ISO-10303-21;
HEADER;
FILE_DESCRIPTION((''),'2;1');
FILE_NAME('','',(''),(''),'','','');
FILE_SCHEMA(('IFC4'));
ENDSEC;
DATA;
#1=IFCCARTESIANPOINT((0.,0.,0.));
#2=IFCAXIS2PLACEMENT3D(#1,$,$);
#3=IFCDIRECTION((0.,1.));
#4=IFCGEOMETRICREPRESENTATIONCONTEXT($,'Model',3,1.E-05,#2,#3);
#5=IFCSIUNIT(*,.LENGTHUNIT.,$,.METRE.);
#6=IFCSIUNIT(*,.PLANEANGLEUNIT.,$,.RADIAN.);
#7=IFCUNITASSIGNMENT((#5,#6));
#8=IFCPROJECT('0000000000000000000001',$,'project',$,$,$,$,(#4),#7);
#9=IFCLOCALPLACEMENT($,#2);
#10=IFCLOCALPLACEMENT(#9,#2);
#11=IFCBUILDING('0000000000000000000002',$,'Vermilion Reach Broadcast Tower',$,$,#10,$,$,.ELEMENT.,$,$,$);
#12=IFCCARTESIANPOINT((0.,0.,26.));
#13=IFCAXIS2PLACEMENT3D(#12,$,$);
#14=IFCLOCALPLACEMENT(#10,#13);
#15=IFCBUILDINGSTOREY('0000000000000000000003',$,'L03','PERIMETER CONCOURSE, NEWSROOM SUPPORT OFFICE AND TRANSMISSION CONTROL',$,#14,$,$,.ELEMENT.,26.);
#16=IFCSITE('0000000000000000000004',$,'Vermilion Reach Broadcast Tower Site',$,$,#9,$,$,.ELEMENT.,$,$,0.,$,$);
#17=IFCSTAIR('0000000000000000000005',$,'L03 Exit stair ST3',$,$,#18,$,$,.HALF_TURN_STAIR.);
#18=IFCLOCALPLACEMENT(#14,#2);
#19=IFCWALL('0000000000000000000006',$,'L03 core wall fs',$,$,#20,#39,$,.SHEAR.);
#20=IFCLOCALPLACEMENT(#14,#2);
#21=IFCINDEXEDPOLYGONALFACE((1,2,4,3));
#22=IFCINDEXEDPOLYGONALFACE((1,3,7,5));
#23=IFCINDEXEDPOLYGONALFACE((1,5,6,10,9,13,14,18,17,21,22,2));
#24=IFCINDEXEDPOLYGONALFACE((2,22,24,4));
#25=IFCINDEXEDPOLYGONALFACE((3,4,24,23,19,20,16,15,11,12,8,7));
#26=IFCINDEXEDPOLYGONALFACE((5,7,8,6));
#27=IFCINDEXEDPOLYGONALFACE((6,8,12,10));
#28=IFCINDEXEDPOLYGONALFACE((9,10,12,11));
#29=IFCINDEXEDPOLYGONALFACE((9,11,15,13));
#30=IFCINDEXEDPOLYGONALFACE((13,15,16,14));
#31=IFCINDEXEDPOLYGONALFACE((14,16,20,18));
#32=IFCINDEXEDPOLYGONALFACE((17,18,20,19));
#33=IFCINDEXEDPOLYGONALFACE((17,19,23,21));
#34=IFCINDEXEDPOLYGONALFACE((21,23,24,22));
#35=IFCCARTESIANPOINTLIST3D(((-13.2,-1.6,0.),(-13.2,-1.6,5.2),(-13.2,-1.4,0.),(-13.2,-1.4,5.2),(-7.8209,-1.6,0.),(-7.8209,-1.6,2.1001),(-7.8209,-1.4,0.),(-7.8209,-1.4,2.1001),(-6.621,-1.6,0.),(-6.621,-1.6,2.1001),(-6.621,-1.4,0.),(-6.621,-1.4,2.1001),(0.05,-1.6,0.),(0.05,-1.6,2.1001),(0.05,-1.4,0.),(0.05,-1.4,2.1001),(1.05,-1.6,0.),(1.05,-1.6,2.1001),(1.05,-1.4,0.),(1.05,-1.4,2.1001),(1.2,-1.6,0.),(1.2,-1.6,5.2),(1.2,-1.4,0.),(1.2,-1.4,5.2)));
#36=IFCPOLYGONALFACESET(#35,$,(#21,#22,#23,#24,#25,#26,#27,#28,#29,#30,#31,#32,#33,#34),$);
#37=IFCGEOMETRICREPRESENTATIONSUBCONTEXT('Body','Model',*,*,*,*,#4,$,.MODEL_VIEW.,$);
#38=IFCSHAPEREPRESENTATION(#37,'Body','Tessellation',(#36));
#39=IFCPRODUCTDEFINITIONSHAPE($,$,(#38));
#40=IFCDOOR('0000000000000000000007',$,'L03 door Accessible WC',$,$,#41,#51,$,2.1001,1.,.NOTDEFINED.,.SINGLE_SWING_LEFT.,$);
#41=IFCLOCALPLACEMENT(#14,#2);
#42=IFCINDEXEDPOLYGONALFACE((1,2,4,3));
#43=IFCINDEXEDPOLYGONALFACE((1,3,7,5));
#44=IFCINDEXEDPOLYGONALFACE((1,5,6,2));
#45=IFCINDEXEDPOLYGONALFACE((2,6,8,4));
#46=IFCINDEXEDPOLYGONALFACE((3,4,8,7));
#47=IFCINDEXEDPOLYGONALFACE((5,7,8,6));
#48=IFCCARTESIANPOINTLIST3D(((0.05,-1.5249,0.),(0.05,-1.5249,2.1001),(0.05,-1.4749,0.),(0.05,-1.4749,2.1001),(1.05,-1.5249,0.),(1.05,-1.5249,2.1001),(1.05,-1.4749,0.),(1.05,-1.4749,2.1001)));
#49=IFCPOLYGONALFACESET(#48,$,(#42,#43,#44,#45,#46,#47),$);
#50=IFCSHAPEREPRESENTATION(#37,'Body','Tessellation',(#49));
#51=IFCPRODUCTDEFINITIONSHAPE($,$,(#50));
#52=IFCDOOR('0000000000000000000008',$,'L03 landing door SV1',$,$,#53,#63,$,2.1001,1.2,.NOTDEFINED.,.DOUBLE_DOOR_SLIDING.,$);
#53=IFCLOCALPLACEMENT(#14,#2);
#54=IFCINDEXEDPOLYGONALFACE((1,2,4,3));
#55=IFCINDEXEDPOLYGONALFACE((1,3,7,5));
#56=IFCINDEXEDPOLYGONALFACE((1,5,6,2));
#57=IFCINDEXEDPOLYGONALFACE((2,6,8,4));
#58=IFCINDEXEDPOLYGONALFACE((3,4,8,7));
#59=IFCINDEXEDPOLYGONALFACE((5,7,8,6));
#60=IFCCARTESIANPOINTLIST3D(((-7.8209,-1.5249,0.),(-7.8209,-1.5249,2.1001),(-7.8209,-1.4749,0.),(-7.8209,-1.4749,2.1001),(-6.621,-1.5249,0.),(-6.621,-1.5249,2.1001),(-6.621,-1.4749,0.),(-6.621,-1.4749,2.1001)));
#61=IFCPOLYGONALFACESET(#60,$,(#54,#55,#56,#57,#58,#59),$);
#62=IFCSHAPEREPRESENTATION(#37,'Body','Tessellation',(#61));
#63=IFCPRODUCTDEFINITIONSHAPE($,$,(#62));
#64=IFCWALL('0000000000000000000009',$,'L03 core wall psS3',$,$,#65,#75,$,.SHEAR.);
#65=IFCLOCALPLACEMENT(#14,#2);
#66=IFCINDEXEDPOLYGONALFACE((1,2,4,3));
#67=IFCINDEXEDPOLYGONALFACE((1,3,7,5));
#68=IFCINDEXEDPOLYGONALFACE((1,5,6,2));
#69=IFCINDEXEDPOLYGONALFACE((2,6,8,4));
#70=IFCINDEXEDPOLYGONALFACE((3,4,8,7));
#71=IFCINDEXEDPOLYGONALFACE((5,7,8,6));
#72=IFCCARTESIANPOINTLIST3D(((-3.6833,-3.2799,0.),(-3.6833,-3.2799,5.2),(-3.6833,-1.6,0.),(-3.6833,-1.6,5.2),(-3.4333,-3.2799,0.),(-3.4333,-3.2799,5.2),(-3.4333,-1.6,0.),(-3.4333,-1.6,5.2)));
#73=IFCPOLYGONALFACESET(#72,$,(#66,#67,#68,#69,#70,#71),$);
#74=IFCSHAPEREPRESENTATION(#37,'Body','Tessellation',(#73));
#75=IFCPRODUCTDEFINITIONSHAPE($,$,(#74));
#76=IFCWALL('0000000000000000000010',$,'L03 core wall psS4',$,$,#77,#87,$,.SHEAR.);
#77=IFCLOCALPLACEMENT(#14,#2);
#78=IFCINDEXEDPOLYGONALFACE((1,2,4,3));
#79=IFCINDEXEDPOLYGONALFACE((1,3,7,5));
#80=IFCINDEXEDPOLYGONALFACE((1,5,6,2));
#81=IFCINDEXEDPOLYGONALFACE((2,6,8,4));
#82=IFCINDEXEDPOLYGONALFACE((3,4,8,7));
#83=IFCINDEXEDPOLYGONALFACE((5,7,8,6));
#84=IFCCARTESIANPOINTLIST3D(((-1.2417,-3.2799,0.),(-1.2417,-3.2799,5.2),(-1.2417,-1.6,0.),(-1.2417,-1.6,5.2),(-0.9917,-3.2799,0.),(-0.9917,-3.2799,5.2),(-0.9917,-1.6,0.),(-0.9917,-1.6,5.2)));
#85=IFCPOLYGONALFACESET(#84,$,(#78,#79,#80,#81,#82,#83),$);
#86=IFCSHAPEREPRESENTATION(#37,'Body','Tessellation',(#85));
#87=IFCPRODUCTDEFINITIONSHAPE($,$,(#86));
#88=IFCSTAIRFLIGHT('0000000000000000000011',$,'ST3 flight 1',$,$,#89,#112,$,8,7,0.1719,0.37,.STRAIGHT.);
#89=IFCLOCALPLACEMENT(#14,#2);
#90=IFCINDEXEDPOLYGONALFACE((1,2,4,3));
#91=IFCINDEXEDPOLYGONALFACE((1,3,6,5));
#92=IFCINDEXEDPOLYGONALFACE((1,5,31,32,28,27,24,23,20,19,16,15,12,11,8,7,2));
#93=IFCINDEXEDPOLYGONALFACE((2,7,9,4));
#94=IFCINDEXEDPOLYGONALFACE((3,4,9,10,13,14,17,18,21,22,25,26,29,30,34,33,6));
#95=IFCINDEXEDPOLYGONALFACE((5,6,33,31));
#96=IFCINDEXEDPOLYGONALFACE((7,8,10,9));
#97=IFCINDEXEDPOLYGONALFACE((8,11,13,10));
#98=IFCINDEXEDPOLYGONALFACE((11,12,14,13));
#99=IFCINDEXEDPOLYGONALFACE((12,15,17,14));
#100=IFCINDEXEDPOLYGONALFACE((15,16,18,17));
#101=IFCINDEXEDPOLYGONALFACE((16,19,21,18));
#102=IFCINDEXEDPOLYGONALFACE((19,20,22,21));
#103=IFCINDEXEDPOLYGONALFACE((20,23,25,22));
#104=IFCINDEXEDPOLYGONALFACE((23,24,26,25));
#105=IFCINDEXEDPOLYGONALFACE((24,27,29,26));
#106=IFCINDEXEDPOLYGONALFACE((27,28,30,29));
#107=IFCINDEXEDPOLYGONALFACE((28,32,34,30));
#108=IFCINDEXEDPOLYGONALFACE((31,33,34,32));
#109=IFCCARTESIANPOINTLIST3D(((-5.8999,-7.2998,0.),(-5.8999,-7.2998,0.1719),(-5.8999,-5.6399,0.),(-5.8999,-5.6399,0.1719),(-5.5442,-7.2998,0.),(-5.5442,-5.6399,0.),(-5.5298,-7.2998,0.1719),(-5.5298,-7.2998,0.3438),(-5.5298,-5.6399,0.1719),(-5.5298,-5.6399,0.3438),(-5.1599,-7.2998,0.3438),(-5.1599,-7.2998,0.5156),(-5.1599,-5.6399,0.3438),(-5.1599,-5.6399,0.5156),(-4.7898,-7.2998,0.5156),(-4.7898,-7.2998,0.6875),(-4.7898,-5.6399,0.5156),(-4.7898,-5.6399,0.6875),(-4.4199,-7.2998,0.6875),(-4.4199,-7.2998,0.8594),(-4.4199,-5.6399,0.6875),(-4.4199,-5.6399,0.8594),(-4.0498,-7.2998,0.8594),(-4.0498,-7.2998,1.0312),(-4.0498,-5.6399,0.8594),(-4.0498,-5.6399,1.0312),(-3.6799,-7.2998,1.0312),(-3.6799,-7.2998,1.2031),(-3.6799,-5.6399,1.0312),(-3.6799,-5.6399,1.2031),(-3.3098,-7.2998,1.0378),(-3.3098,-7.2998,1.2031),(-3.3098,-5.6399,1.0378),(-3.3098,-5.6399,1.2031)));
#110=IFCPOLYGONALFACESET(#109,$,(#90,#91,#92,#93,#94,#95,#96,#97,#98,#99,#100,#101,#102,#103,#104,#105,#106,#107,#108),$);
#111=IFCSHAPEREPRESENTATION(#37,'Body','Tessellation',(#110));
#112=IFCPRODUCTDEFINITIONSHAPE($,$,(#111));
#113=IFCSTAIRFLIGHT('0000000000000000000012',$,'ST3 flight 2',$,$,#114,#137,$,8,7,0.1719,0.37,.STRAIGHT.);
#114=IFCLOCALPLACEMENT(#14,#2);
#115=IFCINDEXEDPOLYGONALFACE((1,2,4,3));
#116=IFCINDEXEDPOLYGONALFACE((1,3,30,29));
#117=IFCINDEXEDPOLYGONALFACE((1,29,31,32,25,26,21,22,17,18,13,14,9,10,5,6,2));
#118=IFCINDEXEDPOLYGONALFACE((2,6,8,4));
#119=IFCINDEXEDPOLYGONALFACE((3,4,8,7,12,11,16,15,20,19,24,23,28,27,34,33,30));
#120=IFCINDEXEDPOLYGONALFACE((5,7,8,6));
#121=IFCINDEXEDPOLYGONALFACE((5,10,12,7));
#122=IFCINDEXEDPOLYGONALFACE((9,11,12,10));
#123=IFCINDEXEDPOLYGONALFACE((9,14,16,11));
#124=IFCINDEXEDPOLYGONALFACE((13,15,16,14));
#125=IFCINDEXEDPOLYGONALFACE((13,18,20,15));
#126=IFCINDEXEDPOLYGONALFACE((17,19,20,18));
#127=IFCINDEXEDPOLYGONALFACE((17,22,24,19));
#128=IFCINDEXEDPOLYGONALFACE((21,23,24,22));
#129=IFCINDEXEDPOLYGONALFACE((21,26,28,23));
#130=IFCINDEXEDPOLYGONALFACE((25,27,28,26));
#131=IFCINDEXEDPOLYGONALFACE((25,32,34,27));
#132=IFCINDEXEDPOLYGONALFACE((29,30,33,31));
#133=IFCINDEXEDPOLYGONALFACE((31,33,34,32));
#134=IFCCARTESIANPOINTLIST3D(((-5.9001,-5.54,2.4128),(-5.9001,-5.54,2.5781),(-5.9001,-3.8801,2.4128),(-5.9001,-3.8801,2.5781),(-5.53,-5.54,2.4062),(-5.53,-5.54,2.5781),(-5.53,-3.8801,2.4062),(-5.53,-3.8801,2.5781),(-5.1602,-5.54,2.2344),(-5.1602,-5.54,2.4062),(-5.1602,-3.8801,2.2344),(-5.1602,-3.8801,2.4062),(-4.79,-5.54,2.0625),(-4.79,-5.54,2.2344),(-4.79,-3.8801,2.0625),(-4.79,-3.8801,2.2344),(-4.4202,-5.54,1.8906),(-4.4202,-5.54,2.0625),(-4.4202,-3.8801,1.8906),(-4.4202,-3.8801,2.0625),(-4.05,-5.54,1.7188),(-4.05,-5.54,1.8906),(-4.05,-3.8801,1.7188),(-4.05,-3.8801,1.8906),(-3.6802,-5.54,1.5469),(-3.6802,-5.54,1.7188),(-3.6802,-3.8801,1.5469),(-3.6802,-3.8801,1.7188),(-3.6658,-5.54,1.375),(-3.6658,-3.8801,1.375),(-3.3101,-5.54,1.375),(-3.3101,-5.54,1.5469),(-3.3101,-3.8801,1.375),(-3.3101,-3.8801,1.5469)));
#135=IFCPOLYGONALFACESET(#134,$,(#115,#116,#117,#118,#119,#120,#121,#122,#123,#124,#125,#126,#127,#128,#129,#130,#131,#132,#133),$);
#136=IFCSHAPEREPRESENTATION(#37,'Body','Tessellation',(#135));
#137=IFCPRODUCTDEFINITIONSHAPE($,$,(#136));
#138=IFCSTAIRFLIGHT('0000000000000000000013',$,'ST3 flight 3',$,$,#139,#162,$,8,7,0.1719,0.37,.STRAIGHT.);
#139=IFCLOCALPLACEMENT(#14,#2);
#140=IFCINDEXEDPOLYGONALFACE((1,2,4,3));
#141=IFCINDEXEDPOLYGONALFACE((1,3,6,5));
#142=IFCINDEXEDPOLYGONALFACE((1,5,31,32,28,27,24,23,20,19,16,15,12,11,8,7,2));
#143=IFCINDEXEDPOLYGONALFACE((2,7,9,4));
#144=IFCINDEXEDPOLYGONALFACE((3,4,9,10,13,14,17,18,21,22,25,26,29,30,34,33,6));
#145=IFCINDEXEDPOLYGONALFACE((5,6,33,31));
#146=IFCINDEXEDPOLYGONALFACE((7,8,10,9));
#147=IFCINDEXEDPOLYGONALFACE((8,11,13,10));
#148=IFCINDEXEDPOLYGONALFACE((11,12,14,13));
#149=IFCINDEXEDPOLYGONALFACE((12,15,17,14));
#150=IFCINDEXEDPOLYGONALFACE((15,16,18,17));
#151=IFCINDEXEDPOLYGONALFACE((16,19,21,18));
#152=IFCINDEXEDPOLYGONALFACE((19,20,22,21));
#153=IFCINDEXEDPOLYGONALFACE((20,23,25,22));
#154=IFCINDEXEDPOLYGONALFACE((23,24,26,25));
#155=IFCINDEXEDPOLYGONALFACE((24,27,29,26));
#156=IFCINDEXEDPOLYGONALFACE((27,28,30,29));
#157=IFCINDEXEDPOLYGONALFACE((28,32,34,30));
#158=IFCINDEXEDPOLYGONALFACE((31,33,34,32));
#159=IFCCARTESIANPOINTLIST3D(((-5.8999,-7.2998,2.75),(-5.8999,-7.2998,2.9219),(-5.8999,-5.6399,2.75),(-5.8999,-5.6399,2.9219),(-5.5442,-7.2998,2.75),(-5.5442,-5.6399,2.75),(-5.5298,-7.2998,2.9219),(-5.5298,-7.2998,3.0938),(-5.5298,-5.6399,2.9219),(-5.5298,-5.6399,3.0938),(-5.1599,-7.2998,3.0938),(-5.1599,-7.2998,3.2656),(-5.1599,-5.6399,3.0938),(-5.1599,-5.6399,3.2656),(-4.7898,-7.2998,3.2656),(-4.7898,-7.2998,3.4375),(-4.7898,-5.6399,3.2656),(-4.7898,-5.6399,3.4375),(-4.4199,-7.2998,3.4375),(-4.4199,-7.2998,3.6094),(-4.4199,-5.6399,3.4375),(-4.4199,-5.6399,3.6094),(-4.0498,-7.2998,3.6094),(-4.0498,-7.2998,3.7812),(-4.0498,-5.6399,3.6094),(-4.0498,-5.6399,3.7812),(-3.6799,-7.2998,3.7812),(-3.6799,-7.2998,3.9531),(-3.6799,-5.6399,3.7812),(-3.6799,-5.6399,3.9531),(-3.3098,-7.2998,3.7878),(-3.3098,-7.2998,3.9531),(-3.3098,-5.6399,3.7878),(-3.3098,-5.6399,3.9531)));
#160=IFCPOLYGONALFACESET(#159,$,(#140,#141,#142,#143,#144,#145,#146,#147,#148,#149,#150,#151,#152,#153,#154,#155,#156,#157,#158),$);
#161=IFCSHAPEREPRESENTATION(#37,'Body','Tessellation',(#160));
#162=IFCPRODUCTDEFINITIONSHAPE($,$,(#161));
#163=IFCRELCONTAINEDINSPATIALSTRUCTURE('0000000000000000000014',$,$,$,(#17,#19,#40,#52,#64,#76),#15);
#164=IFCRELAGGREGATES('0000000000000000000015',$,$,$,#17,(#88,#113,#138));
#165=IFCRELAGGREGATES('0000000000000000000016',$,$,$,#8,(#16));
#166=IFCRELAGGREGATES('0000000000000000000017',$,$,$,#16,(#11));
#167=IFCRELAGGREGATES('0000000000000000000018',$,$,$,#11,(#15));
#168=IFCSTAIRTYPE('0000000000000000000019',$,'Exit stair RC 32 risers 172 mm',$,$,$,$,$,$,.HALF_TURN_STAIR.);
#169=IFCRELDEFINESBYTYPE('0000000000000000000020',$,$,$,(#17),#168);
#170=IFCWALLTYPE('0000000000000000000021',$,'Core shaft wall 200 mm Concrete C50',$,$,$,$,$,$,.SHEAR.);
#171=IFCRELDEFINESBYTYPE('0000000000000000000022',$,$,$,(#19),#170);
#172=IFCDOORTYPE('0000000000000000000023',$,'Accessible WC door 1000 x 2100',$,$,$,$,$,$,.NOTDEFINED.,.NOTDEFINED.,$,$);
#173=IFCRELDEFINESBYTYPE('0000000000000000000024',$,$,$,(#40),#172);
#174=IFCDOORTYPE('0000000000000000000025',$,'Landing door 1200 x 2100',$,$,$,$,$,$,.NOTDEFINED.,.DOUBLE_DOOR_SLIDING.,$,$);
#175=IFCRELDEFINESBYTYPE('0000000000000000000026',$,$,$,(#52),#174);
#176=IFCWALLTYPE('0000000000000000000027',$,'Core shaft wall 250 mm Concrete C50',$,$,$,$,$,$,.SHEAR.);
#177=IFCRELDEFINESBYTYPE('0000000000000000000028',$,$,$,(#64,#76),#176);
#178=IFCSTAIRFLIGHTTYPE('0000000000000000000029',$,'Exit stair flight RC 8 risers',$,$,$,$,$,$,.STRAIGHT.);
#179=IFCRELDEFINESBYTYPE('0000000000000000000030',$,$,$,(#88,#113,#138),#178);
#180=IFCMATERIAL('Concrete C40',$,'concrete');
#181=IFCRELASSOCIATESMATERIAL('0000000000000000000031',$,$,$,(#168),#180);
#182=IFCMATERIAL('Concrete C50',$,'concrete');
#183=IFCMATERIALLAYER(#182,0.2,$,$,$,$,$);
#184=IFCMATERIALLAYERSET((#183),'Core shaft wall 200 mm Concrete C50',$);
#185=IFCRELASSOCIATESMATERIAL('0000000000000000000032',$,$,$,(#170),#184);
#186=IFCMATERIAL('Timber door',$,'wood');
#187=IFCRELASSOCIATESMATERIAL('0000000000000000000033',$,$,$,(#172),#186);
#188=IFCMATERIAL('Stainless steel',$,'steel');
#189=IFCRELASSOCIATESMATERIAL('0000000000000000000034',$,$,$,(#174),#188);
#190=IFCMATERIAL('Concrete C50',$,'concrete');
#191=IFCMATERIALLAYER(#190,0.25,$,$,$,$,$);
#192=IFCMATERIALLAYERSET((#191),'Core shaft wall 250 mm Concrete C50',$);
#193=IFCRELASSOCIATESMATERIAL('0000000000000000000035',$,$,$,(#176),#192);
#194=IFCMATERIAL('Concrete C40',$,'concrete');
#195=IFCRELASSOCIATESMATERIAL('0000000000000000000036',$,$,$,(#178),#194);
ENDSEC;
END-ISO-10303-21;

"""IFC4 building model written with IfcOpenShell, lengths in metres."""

from ifc_helpers import new_model, si_unit, direction, frame, frame_2d, origin, place, context, subcontext, project, spatial, polyline, rectangle, outline, extrude, material, layer, layer_set, type_object, element, fill, aggregate, save


model = new_model("IFC4")

# Units and contexts
model_context = context("Model", 3, precision=1e-05, world=origin(), true_north=direction((0.0, 1.0)))
body_context = subcontext(model_context, "Body", "Model", "MODEL_VIEW")
ifc_project = project(units=[si_unit("LENGTHUNIT", "METRE"), si_unit("PLANEANGLEUNIT", "RADIAN")], contexts=[model_context])

# Site, building, storey
site_placement = place(None, origin())
site = spatial("IfcSite", under=ifc_project, at=site_placement, Name="Vermilion Reach Broadcast Tower Site", CompositionType="ELEMENT", RefElevation=0.0)
building_placement = place(site_placement, origin())
building = spatial("IfcBuilding", under=site, at=building_placement, Name="Vermilion Reach Broadcast Tower", CompositionType="ELEMENT")
storey_placement = place(building_placement, frame((0.0, 0.0, 26.0)))
storey = spatial("IfcBuildingStorey", under=building, at=storey_placement, Name="L03", Description="PERIMETER CONCOURSE, NEWSROOM SUPPORT OFFICE AND TRANSMISSION CONTROL", CompositionType="ELEMENT", Elevation=26.0)

# Stair
ifc_material_1 = material(Name="Concrete C40", Category="concrete")
stair_type = type_object("IfcStairType", Name="Exit stair RC 32 risers 172 mm", PredefinedType="HALF_TURN_STAIR", material=ifc_material_1)
placement_1 = place(storey_placement, origin())
stair_1 = element("IfcStair", 1, at=placement_1, inside=storey, type_object=stair_type, Name="L03 Exit stair ST3", PredefinedType="HALF_TURN_STAIR")

# Wall, openings, doors
ifc_material_2 = material(Name="Concrete C50", Category="concrete")
ifc_layer_1 = layer(ifc_material_2, 0.2)
ifc_layer_set_1 = layer_set([ifc_layer_1], Name="Core shaft wall 200 mm Concrete C50")
wall_type_1 = type_object("IfcWallType", Name="Core shaft wall 200 mm Concrete C50", PredefinedType="SHEAR", material=ifc_layer_set_1)
wall_1_placement = place(storey_placement, frame((1.2, -1.5, 0.0), z_axis=(0.0, 0.0, 1.0), x_axis=(-1.0, 0.0, 0.0)))
wall_1 = element("IfcWall", 2, at=wall_1_placement, inside=storey, type_object=wall_type_1, Name="L03 core wall fs", PredefinedType="SHEAR", context=body_context, shape_type="SweptSolid", body=[
    extrude(rectangle(XDim=14.3999, YDim=0.2, at=frame_2d((7.2, 0.0))), origin(), (0.0, 0.0, 1.0), 5.2),
])
opening_1_placement = place(wall_1_placement, frame((7.8208, 0.0, 0.0)))
opening_1 = element("IfcOpeningElement", 3, at=opening_1_placement, cuts=wall_1, PredefinedType="OPENING", context=body_context, shape_type="SweptSolid", body=[
    extrude(rectangle(XDim=1.2, YDim=2.1001, at=frame_2d((0.6001, 1.05))), frame((0.0, 0.1099, 0.0), z_axis=(0.0, -1.0, 0.0), x_axis=(1.0, 0.0, 0.0)), (0.0, 0.0, 1.0), 0.22),
])
opening_2_placement = place(wall_1_placement, frame((0.1499, 0.0, 0.0)))
opening_2 = element("IfcOpeningElement", 4, at=opening_2_placement, cuts=wall_1, PredefinedType="OPENING", context=body_context, shape_type="SweptSolid", body=[
    extrude(rectangle(XDim=1.0, YDim=2.1001, at=frame_2d((0.5, 1.05))), frame((0.0, 0.1099, 0.0), z_axis=(0.0, -1.0, 0.0), x_axis=(1.0, 0.0, 0.0)), (0.0, 0.0, 1.0), 0.22),
])
ifc_material_3 = material(Name="Timber door", Category="wood")
door_type_1 = type_object("IfcDoorType", Name="Accessible WC door 1000 x 2100", OperationType="NOTDEFINED", PredefinedType="NOTDEFINED", material=ifc_material_3)
door_1_placement = place(opening_2_placement, origin())
door_1 = element("IfcDoor", 5, at=door_1_placement, inside=storey, type_object=door_type_1, Name="L03 door Accessible WC", OperationType="SINGLE_SWING_LEFT", OverallHeight=2.1001, OverallWidth=1.0, PredefinedType="NOTDEFINED", context=body_context, shape_type="SweptSolid", body=[
    extrude(rectangle(XDim=1.0, YDim=2.1001, at=frame_2d((0.5, 1.05))), frame((0.0, 0.0249, 0.0), z_axis=(0.0, -1.0, 0.0), x_axis=(1.0, 0.0, 0.0)), (0.0, 0.0, 1.0), 0.05),
])
fill(opening_2, door_1)
ifc_material_4 = material(Name="Stainless steel", Category="steel")
door_type_2 = type_object("IfcDoorType", Name="Landing door 1200 x 2100", OperationType="DOUBLE_DOOR_SLIDING", PredefinedType="NOTDEFINED", material=ifc_material_4)
door_2_placement = place(opening_1_placement, origin())
door_2 = element("IfcDoor", 6, at=door_2_placement, inside=storey, type_object=door_type_2, Name="L03 landing door SV1", OperationType="DOUBLE_DOOR_SLIDING", OverallHeight=2.1001, OverallWidth=1.2, PredefinedType="NOTDEFINED", context=body_context, shape_type="SweptSolid", body=[
    extrude(rectangle(XDim=1.2, YDim=2.1001, at=frame_2d((0.6001, 1.05))), frame((0.0, 0.0249, 0.0), z_axis=(0.0, -1.0, 0.0), x_axis=(1.0, 0.0, 0.0)), (0.0, 0.0, 1.0), 0.05),
])
fill(opening_1, door_2)

# Walls
ifc_material_5 = material(Name="Concrete C50", Category="concrete")
ifc_layer_2 = layer(ifc_material_5, 0.25)
ifc_layer_set_2 = layer_set([ifc_layer_2], Name="Core shaft wall 250 mm Concrete C50")
wall_type_2 = type_object("IfcWallType", Name="Core shaft wall 250 mm Concrete C50", PredefinedType="SHEAR", material=ifc_layer_set_2)
for number, where, z_axis, x_axis, name in (
    (7, (-3.5583, -1.6001, 0.0), (0.0, 0.0, 1.0), (0.0, -1.0, 0.0), "L03 core wall psS3"),
    (8, (-1.1167, -1.6001, 0.0), (0.0, 0.0, 1.0), (0.0, -1.0, 0.0), "L03 core wall psS4"),
):
    element("IfcWall", number, at=place(storey_placement, frame(where, z_axis=z_axis, x_axis=x_axis)), inside=storey, type_object=wall_type_2, Name=name, PredefinedType="SHEAR", context=body_context, shape_type="SweptSolid", body=[
        extrude(rectangle(XDim=1.6799, YDim=0.25, at=frame_2d((0.8398, 0.0))), origin(), (0.0, 0.0, 1.0), 5.2),
    ])

# Stair flights
ifc_material_6 = material(Name="Concrete C40", Category="concrete")
stair_flight_type = type_object("IfcStairFlightType", Name="Exit stair flight RC 8 risers", PredefinedType="STRAIGHT", material=ifc_material_6)
stair_flight_1_placement = place(storey_placement, frame((-5.8999, -6.47, 0.0), z_axis=(0.0, 0.0, 1.0), x_axis=(1.0, 0.0, 0.0)))
stair_flight_1 = element("IfcStairFlight", 9, at=stair_flight_1_placement, type_object=stair_flight_type, Name="ST3 flight 1", NumberOfRisers=8, NumberOfTreads=7, PredefinedType="STRAIGHT", RiserHeight=0.1719, TreadLength=0.37, context=body_context, shape_type="SweptSolid", body=[
    extrude(outline(polyline([(0.0, 0.0), (0.0, 0.1719), (0.3701, 0.1719), (0.3701, 0.3438), (0.74, 0.3438), (0.74, 0.5156), (1.1101, 0.5156), (1.1101, 0.6875), (1.48, 0.6875), (1.48, 0.8594), (1.8501, 0.8594), (1.8501, 1.0312), (2.22, 1.0312), (2.22, 1.2031), (2.5901, 1.2031), (2.5901, 1.375), (2.5901, 1.0378), (0.3557, 0.0), (0.0, 0.0)])), frame((0.0, 0.8301, 0.0), z_axis=(0.0, -1.0, 0.0), x_axis=(1.0, 0.0, 0.0)), (0.0, 0.0, 1.0), 1.6599),
])
stair_flight_2_placement = place(storey_placement, frame((-3.3101, -4.71, 1.375), z_axis=(0.0, 0.0, 1.0), x_axis=(-1.0, 0.0, 0.0)))
stair_flight_2 = element("IfcStairFlight", 10, at=stair_flight_2_placement, type_object=stair_flight_type, Name="ST3 flight 2", NumberOfRisers=8, NumberOfTreads=7, PredefinedType="STRAIGHT", RiserHeight=0.1719, TreadLength=0.37, context=body_context, shape_type="SweptSolid", body=[
    extrude(outline(polyline([(0.0, 0.0), (0.0, 0.1719), (0.3701, 0.1719), (0.3701, 0.3438), (0.74, 0.3438), (0.74, 0.5156), (1.1101, 0.5156), (1.1101, 0.6875), (1.48, 0.6875), (1.48, 0.8594), (1.8501, 0.8594), (1.8501, 1.0312), (2.22, 1.0312), (2.22, 1.2031), (2.5901, 1.2031), (2.5901, 1.375), (2.5901, 1.0378), (0.3557, 0.0), (0.0, 0.0)])), frame((0.0, 0.8301, 0.0), z_axis=(0.0, -1.0, 0.0), x_axis=(1.0, 0.0, 0.0)), (0.0, 0.0, 1.0), 1.6599),
])
stair_flight_3_placement = place(storey_placement, frame((-5.8999, -6.47, 2.75), z_axis=(0.0, 0.0, 1.0), x_axis=(1.0, 0.0, 0.0)))
stair_flight_3 = element("IfcStairFlight", 11, at=stair_flight_3_placement, type_object=stair_flight_type, Name="ST3 flight 3", NumberOfRisers=8, NumberOfTreads=7, PredefinedType="STRAIGHT", RiserHeight=0.1719, TreadLength=0.37, context=body_context, shape_type="SweptSolid", body=[
    extrude(outline(polyline([(0.0, 0.0), (0.0, 0.1719), (0.3701, 0.1719), (0.3701, 0.3438), (0.74, 0.3438), (0.74, 0.5156), (1.1101, 0.5156), (1.1101, 0.6875), (1.48, 0.6875), (1.48, 0.8594), (1.8501, 0.8594), (1.8501, 1.0312), (2.22, 1.0312), (2.22, 1.2031), (2.5901, 1.2031), (2.5901, 1.375), (2.5901, 1.0378), (0.3557, 0.0), (0.0, 0.0)])), frame((0.0, 0.8301, 0.0), z_axis=(0.0, -1.0, 0.0), x_axis=(1.0, 0.0, 0.0)), (0.0, 0.0, 1.0), 1.6599),
])
aggregate(stair_1, [stair_flight_1, stair_flight_2, stair_flight_3])

save(model, "model.ifc")
